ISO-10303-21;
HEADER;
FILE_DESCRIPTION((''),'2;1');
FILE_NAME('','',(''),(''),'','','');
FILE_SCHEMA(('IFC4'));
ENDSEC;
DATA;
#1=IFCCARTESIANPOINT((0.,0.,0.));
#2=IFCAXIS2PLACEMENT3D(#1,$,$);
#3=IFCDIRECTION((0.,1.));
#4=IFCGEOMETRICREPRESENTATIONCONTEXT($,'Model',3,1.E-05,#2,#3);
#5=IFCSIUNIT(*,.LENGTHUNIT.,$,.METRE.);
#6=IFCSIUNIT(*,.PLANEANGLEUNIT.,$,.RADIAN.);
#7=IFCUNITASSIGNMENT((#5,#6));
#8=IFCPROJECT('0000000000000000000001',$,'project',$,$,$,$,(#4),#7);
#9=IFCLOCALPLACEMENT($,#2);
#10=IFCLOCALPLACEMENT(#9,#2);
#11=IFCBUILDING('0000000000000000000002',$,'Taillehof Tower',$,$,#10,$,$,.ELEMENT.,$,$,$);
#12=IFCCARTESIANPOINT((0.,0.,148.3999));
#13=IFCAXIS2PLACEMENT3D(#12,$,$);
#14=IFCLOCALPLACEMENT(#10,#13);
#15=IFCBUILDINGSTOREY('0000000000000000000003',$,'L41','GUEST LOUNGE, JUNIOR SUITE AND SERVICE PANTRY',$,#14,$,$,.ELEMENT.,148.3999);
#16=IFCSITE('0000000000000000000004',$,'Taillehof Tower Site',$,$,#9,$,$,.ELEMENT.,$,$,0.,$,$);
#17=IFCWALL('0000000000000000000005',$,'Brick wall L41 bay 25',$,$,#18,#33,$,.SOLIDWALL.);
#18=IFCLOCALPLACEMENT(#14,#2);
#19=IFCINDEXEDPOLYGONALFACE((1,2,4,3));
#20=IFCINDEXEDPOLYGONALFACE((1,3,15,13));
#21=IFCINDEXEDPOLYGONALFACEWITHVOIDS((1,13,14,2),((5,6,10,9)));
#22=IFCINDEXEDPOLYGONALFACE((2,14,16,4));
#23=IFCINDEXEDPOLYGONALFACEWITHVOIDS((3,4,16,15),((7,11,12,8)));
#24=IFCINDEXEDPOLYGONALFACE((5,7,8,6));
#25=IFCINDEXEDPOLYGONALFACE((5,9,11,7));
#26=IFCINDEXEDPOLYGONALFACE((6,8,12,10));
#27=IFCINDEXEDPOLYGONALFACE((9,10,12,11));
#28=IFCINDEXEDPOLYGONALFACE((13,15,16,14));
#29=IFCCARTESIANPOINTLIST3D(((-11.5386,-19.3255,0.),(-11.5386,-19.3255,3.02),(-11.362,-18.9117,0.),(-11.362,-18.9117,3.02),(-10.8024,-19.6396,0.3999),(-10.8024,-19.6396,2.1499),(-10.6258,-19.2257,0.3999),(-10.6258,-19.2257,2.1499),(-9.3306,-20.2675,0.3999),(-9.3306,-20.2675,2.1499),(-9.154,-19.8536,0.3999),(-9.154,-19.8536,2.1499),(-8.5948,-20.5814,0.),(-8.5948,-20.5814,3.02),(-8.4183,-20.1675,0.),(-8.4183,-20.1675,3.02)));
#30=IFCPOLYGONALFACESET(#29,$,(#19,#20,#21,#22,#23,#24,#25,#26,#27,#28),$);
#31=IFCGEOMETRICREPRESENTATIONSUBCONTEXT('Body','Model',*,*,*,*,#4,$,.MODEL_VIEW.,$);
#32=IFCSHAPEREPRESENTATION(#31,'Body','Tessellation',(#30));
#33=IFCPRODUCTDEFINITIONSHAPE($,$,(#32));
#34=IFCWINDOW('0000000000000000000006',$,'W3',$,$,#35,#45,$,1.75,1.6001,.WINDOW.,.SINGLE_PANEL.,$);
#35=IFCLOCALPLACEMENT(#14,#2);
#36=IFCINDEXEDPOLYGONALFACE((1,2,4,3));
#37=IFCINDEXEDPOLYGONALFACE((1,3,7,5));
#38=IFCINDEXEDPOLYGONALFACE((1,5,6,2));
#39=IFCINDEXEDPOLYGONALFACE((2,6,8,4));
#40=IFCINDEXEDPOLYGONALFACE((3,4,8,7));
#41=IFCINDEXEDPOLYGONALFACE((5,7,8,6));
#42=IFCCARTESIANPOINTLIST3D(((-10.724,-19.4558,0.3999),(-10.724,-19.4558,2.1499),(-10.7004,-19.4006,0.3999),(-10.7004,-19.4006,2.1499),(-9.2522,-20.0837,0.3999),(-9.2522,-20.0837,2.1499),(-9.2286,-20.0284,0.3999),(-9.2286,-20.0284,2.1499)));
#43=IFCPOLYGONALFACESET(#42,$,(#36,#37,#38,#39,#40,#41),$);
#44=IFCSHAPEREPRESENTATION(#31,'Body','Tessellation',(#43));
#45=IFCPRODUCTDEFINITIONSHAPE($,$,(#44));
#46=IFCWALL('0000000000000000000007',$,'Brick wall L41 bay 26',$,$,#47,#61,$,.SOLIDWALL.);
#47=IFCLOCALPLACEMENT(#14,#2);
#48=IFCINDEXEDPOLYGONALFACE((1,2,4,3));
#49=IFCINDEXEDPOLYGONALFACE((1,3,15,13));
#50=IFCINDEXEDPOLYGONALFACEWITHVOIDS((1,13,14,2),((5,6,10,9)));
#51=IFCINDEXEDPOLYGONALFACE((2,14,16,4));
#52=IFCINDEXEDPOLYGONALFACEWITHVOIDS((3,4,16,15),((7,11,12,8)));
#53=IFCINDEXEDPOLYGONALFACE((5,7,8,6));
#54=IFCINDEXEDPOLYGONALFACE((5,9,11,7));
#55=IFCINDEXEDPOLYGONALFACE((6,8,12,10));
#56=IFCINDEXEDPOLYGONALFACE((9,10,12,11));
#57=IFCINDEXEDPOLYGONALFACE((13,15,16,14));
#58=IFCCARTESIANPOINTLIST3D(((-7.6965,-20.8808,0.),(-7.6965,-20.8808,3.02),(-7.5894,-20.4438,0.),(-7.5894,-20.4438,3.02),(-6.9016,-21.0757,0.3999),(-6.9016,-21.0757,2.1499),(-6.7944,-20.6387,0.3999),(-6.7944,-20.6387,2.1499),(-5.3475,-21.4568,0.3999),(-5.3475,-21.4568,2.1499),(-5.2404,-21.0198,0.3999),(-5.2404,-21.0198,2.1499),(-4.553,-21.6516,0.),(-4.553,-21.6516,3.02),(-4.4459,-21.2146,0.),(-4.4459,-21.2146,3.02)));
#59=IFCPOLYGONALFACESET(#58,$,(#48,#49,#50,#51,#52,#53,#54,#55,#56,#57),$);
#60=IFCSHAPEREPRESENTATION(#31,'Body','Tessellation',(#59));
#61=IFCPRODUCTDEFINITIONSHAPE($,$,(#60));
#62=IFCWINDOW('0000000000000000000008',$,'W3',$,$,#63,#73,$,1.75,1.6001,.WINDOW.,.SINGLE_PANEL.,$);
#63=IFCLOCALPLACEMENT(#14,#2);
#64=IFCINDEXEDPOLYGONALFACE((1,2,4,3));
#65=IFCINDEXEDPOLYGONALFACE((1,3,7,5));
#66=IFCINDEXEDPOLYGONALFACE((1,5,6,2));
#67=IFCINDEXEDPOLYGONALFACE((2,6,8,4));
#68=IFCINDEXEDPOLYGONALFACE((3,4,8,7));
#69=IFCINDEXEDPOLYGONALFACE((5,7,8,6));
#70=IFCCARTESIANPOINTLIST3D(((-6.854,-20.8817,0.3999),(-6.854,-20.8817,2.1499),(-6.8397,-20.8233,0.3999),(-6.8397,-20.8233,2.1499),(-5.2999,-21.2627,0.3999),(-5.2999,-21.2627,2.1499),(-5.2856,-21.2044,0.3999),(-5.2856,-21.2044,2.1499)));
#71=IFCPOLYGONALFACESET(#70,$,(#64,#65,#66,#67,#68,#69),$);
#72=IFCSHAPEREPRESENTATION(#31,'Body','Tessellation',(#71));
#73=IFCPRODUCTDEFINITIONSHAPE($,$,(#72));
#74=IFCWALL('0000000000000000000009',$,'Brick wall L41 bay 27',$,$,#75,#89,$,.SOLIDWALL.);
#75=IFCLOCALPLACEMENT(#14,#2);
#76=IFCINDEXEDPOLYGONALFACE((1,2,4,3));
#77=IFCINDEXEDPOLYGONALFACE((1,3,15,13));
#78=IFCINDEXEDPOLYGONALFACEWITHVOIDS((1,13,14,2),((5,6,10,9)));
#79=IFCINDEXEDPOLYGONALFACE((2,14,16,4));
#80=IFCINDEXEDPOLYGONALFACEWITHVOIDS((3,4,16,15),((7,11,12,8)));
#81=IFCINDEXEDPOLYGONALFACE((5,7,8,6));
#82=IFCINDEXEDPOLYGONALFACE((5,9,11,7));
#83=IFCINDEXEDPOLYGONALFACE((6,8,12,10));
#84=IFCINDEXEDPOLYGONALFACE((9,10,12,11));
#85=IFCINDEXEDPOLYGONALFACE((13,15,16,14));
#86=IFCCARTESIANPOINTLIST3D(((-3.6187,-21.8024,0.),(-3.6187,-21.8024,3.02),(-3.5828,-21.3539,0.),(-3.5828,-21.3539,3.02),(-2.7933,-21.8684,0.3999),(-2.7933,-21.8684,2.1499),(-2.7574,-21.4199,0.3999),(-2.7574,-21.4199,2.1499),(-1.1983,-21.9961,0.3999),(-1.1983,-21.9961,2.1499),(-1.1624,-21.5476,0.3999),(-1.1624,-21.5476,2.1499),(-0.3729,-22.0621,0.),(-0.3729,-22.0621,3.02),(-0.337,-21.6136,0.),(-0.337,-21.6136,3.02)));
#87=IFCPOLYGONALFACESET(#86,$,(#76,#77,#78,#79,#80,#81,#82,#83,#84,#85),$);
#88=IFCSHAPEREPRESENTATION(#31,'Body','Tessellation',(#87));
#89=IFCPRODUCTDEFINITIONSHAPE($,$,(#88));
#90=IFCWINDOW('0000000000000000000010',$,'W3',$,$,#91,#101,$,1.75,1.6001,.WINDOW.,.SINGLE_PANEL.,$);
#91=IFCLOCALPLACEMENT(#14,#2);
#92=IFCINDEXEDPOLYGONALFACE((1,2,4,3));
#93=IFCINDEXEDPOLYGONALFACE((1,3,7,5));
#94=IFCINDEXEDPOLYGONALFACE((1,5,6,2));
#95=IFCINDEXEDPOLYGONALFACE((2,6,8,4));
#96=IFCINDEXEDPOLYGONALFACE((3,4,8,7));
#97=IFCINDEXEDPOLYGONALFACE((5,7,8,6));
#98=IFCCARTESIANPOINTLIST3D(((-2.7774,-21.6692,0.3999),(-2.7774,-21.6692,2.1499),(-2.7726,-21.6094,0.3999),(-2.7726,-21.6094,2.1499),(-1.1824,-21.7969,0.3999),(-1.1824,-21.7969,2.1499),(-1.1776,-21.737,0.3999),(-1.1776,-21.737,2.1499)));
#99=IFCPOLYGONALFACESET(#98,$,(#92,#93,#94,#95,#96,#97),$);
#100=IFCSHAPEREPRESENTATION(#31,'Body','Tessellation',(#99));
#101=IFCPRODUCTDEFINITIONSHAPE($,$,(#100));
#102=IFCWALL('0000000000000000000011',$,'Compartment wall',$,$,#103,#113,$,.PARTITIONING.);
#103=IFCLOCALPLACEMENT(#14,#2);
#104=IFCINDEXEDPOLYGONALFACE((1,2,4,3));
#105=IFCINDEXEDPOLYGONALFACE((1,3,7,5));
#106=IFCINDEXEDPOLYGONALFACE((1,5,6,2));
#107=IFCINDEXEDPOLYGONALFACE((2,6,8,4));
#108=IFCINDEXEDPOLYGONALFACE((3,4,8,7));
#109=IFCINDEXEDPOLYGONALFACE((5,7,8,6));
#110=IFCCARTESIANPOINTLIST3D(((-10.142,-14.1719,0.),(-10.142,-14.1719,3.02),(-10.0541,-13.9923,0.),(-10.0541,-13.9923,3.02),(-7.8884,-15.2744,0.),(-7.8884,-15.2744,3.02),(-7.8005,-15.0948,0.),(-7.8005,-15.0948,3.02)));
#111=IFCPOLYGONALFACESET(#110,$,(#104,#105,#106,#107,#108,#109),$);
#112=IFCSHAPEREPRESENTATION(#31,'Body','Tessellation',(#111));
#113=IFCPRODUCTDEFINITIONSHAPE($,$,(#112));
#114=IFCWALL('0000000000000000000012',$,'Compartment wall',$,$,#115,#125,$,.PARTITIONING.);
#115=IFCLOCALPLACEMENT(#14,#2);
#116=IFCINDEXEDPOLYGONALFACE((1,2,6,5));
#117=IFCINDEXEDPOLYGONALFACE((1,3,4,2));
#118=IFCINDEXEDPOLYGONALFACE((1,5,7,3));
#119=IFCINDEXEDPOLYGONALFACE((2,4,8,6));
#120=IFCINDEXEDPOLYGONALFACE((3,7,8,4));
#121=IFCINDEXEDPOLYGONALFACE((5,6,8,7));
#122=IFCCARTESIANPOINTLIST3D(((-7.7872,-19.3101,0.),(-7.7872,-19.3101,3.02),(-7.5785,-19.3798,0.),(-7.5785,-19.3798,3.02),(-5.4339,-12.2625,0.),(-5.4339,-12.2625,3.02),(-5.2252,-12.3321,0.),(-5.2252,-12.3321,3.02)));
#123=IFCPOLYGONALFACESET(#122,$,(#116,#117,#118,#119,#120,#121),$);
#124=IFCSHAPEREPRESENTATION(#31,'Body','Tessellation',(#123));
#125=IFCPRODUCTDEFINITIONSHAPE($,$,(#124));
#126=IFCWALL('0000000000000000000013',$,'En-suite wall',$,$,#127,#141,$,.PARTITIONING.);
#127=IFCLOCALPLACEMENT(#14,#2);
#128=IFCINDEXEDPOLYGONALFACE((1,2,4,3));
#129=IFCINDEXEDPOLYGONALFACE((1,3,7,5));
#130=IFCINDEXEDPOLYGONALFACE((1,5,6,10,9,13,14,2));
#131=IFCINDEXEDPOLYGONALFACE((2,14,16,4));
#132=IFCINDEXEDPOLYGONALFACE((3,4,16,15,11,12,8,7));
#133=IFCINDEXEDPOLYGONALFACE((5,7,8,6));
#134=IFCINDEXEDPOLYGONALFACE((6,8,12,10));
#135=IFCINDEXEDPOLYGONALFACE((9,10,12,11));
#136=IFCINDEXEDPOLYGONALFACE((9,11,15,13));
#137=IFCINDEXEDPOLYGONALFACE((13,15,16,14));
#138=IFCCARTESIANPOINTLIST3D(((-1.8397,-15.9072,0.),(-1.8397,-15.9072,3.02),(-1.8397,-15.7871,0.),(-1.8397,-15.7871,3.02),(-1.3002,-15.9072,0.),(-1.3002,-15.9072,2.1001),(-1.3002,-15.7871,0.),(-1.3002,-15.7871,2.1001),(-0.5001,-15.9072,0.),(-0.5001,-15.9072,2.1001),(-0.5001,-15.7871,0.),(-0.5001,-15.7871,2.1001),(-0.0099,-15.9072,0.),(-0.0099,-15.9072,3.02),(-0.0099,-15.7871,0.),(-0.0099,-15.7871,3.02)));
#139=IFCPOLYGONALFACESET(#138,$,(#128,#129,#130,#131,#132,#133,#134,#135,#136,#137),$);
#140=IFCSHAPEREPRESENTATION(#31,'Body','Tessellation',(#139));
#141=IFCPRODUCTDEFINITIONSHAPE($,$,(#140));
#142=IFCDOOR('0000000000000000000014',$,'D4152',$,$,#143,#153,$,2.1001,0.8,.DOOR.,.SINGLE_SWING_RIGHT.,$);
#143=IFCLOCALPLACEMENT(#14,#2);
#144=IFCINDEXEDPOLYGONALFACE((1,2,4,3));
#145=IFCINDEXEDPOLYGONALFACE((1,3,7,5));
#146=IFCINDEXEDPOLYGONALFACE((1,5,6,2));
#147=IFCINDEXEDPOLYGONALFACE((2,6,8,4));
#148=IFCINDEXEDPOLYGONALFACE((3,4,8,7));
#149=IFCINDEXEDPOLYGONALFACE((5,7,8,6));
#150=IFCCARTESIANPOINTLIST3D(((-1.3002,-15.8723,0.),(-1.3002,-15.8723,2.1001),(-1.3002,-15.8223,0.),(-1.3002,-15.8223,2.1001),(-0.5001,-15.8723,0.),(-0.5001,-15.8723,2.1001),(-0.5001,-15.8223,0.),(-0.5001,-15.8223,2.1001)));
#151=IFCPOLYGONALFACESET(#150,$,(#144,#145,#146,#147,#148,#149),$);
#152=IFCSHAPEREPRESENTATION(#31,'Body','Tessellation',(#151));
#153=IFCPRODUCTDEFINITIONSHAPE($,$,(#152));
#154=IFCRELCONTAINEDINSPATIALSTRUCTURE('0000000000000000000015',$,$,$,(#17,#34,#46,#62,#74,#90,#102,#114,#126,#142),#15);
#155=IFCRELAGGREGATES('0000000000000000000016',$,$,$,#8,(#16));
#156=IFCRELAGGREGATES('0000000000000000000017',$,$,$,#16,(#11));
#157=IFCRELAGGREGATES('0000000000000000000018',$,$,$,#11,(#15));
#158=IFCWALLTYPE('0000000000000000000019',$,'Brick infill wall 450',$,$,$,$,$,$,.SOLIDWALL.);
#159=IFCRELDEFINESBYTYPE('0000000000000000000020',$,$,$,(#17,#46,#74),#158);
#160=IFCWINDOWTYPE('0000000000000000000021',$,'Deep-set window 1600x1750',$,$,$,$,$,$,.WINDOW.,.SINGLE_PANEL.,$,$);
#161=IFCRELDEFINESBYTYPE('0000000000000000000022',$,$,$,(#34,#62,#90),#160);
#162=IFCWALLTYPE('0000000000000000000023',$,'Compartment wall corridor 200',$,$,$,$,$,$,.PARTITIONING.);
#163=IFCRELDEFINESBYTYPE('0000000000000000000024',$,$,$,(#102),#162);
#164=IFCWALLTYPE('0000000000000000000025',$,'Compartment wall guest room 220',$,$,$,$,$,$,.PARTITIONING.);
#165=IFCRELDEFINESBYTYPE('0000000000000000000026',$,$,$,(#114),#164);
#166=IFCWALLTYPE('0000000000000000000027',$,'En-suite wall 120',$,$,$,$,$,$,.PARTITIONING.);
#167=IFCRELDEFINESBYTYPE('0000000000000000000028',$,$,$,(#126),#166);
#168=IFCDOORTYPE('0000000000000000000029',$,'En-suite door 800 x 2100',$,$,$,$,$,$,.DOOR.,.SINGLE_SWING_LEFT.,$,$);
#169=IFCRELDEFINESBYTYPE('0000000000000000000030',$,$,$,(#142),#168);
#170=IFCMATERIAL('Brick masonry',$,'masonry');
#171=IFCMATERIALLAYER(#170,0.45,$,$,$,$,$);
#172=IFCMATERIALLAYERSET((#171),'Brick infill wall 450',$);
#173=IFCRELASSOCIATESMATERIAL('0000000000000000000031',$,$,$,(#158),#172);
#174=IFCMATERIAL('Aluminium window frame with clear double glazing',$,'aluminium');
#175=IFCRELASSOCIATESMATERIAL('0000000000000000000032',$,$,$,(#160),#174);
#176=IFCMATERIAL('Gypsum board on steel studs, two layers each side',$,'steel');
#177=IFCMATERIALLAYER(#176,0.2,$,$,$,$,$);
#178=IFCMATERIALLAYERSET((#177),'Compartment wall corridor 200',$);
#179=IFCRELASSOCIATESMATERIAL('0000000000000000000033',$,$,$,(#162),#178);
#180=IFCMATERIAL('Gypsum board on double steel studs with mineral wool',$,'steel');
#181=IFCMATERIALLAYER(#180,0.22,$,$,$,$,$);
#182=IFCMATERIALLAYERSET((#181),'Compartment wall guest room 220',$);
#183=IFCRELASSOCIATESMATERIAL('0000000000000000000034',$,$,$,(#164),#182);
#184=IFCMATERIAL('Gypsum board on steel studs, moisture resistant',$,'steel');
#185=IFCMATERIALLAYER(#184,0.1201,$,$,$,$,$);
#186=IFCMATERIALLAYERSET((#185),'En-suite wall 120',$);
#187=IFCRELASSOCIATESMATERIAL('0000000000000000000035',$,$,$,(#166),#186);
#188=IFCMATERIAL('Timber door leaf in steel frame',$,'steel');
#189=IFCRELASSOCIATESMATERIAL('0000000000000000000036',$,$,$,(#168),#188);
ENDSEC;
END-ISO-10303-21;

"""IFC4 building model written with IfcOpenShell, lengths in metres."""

from ifc_helpers import new_model, si_unit, direction, frame, frame_2d, origin, place, context, subcontext, project, spatial, rectangle, extrude, material, layer, layer_set, type_object, element, fill, save


model = new_model("IFC4")

# Units and contexts
model_context = context("Model", 3, precision=1e-05, world=origin(), true_north=direction((0.0, 1.0)))
body_context = subcontext(model_context, "Body", "Model", "MODEL_VIEW")
ifc_project = project(units=[si_unit("LENGTHUNIT", "METRE"), si_unit("PLANEANGLEUNIT", "RADIAN")], contexts=[model_context])

# Site, building, storey
site_placement = place(None, origin())
site = spatial("IfcSite", under=ifc_project, at=site_placement, Name="Taillehof Tower Site", CompositionType="ELEMENT", RefElevation=0.0)
building_placement = place(site_placement, origin())
building = spatial("IfcBuilding", under=site, at=building_placement, Name="Taillehof Tower", CompositionType="ELEMENT")
storey_placement = place(building_placement, frame((0.0, 0.0, 148.3999)))
storey = spatial("IfcBuildingStorey", under=building, at=storey_placement, Name="L41", Description="GUEST LOUNGE, JUNIOR SUITE AND SERVICE PANTRY", CompositionType="ELEMENT", Elevation=148.3999)

# Walls, openings, windows
ifc_material_1 = material(Name="Brick masonry", Category="masonry")
ifc_layer_1 = layer(ifc_material_1, 0.45)
ifc_layer_set_1 = layer_set([ifc_layer_1], Name="Brick infill wall 450")
wall_type_1 = type_object("IfcWallType", Name="Brick infill wall 450", PredefinedType="SOLIDWALL", material=ifc_layer_set_1)
wall_1_placement = place(storey_placement, frame((-11.4502, -19.1187, 0.0), z_axis=(0.0, 0.0, 1.0), x_axis=(0.919799, -0.39239, 0.0)))
wall_1 = element("IfcWall", 1, at=wall_1_placement, inside=storey, type_object=wall_type_1, Name="Brick wall L41 bay 25", PredefinedType="SOLIDWALL", context=body_context, shape_type="SweptSolid", body=[
    extrude(rectangle(XDim=3.2004, YDim=0.45, at=frame_2d((1.6001, 0.0))), origin(), (0.0, 0.0, 1.0), 3.02),
])
opening_1_placement = place(wall_1_placement, frame((0.8003, 0.0, 0.3999)))
opening_1 = element("IfcOpeningElement", 2, at=opening_1_placement, cuts=wall_1, PredefinedType="OPENING", context=body_context, shape_type="SweptSolid", body=[
    extrude(rectangle(XDim=1.6001, YDim=1.75, at=frame_2d((0.8, 0.875))), frame((0.0, 0.2349, 0.0), z_axis=(0.0, -1.0, 0.0), x_axis=(1.0, 0.0, 0.0)), (0.0, 0.0, 1.0), 0.47),
])
ifc_material_2 = material(Name="Aluminium window frame with clear double glazing", Category="aluminium")
window_type = type_object("IfcWindowType", Name="Deep-set window 1600x1750", PartitioningType="SINGLE_PANEL", PredefinedType="WINDOW", material=ifc_material_2)
window_1_placement = place(opening_1_placement, origin())
window_1 = element("IfcWindow", 3, at=window_1_placement, inside=storey, type_object=window_type, Name="W3", OverallHeight=1.75, OverallWidth=1.6001, PartitioningType="SINGLE_PANEL", PredefinedType="WINDOW", context=body_context, shape_type="SweptSolid", body=[
    extrude(rectangle(XDim=1.6001, YDim=1.75, at=frame_2d((0.8, 0.875))), frame((0.0, 0.0349, 0.0), z_axis=(0.0, -1.0, 0.0), x_axis=(1.0, 0.0, 0.0)), (0.0, 0.0, 1.0), 0.0601),
])
fill(opening_1, window_1)
wall_2_placement = place(storey_placement, frame((-7.6428, -20.6624, 0.0), z_axis=(0.0, 0.0, 1.0), x_axis=(0.971233, -0.238132, 0.0)))
wall_2 = element("IfcWall", 4, at=wall_2_placement, inside=storey, type_object=wall_type_1, Name="Brick wall L41 bay 26", PredefinedType="SOLIDWALL", context=body_context, shape_type="SweptSolid", body=[
    extrude(rectangle(XDim=3.2366, YDim=0.45, at=frame_2d((1.6182, 0.0))), origin(), (0.0, 0.0, 1.0), 3.02),
])
opening_2_placement = place(wall_2_placement, frame((0.8184, 0.0, 0.3999)))
opening_2 = element("IfcOpeningElement", 5, at=opening_2_placement, cuts=wall_2, PredefinedType="OPENING", context=body_context, shape_type="SweptSolid", body=[
    extrude(rectangle(XDim=1.6001, YDim=1.75, at=frame_2d((0.8, 0.875))), frame((0.0, 0.2349, 0.0), z_axis=(0.0, -1.0, 0.0), x_axis=(1.0, 0.0, 0.0)), (0.0, 0.0, 1.0), 0.47),
])
window_2_placement = place(opening_2_placement, origin())
window_2 = element("IfcWindow", 6, at=window_2_placement, inside=storey, type_object=window_type, Name="W3", OverallHeight=1.75, OverallWidth=1.6001, PartitioningType="SINGLE_PANEL", PredefinedType="WINDOW", context=body_context, shape_type="SweptSolid", body=[
    extrude(rectangle(XDim=1.6001, YDim=1.75, at=frame_2d((0.8, 0.875))), frame((0.0, 0.0349, 0.0), z_axis=(0.0, -1.0, 0.0), x_axis=(1.0, 0.0, 0.0)), (0.0, 0.0, 1.0), 0.0601),
])
fill(opening_2, window_2)
wall_3_placement = place(storey_placement, frame((-3.6006, -21.5781, 0.0), z_axis=(0.0, 0.0, 1.0), x_axis=(0.996812, -0.079781, 0.0)))
wall_3 = element("IfcWall", 7, at=wall_3_placement, inside=storey, type_object=wall_type_1, Name="Brick wall L41 bay 27", PredefinedType="SOLIDWALL", context=body_context, shape_type="SweptSolid", body=[
    extrude(rectangle(XDim=3.2561, YDim=0.45, at=frame_2d((1.6279, 0.0))), origin(), (0.0, 0.0, 1.0), 3.02),
])
opening_3_placement = place(wall_3_placement, frame((0.8279, 0.0, 0.3999)))
opening_3 = element("IfcOpeningElement", 8, at=opening_3_placement, cuts=wall_3, PredefinedType="OPENING", context=body_context, shape_type="SweptSolid", body=[
    extrude(rectangle(XDim=1.6001, YDim=1.75, at=frame_2d((0.8, 0.875))), frame((0.0, 0.2349, 0.0), z_axis=(0.0, -1.0, 0.0), x_axis=(1.0, 0.0, 0.0)), (0.0, 0.0, 1.0), 0.47),
])
window_3_placement = place(opening_3_placement, origin())
window_3 = element("IfcWindow", 9, at=window_3_placement, inside=storey, type_object=window_type, Name="W3", OverallHeight=1.75, OverallWidth=1.6001, PartitioningType="SINGLE_PANEL", PredefinedType="WINDOW", context=body_context, shape_type="SweptSolid", body=[
    extrude(rectangle(XDim=1.6001, YDim=1.75, at=frame_2d((0.8, 0.875))), frame((0.0, 0.0349, 0.0), z_axis=(0.0, -1.0, 0.0), x_axis=(1.0, 0.0, 0.0)), (0.0, 0.0, 1.0), 0.0601),
])
fill(opening_3, window_3)

# Walls
ifc_material_3 = material(Name="Gypsum board on steel studs, two layers each side", Category="steel")
ifc_layer_2 = layer(ifc_material_3, 0.2)
ifc_layer_set_2 = layer_set([ifc_layer_2], Name="Compartment wall corridor 200")
wall_type_2 = type_object("IfcWallType", Name="Compartment wall corridor 200", PredefinedType="PARTITIONING", material=ifc_layer_set_2)
wall_4_placement = place(storey_placement, frame((-7.8445, -15.1846, 0.0), z_axis=(0.0, 0.0, 1.0), x_axis=(-0.898267, 0.439451, 0.0)))
element("IfcWall", 10, at=wall_4_placement, inside=storey, type_object=wall_type_2, Name="Compartment wall", PredefinedType="PARTITIONING", context=body_context, shape_type="SweptSolid", body=[
    extrude(rectangle(XDim=2.5088, YDim=0.2, at=frame_2d((1.2544, 0.0))), origin(), (0.0, 0.0, 1.0), 3.02),
])
ifc_material_4 = material(Name="Gypsum board on double steel studs with mineral wool", Category="steel")
ifc_layer_3 = layer(ifc_material_4, 0.22)
ifc_layer_set_3 = layer_set([ifc_layer_3], Name="Compartment wall guest room 220")
wall_type_3 = type_object("IfcWallType", Name="Compartment wall guest room 220", PredefinedType="PARTITIONING", material=ifc_layer_set_3)
wall_5_placement = place(storey_placement, frame((-7.6829, -19.345, 0.0), z_axis=(0.0, 0.0, 1.0), x_axis=(0.316721, 0.948519, 0.0)))
element("IfcWall", 11, at=wall_5_placement, inside=storey, type_object=wall_type_3, Name="Compartment wall", PredefinedType="PARTITIONING", context=body_context, shape_type="SweptSolid", body=[
    extrude(rectangle(XDim=7.4302, YDim=0.22, at=frame_2d((3.7151, 0.0))), origin(), (0.0, 0.0, 1.0), 3.02),
])

# Wall, opening, door
ifc_material_5 = material(Name="Gypsum board on steel studs, moisture resistant", Category="steel")
ifc_layer_4 = layer(ifc_material_5, 0.1201)
ifc_layer_set_4 = layer_set([ifc_layer_4], Name="En-suite wall 120")
wall_type_4 = type_object("IfcWallType", Name="En-suite wall 120", PredefinedType="PARTITIONING", material=ifc_layer_set_4)
wall_6_placement = place(storey_placement, frame((-1.8398, -15.8472, 0.0), z_axis=(0.0, 0.0, 1.0), x_axis=(1.0, 0.0, 0.0)))
wall_6 = element("IfcWall", 12, at=wall_6_placement, inside=storey, type_object=wall_type_4, Name="En-suite wall", PredefinedType="PARTITIONING", context=body_context, shape_type="SweptSolid", body=[
    extrude(rectangle(XDim=1.8298, YDim=0.1201, at=frame_2d((0.915, 0.0))), origin(), (0.0, 0.0, 1.0), 3.02),
])
opening_4_placement = place(wall_6_placement, frame((0.5398, 0.0, 0.0)))
opening_4 = element("IfcOpeningElement", 13, at=opening_4_placement, cuts=wall_6, PredefinedType="OPENING", context=body_context, shape_type="SweptSolid", body=[
    extrude(rectangle(XDim=0.8, YDim=2.1001, at=frame_2d((0.3999, 1.05))), frame((0.0, 0.0701, 0.0), z_axis=(0.0, -1.0, 0.0), x_axis=(1.0, 0.0, 0.0)), (0.0, 0.0, 1.0), 0.1401),
])
ifc_material_6 = material(Name="Timber door leaf in steel frame", Category="steel")
door_type_1 = type_object("IfcDoorType", Name="En-suite door 800 x 2100", OperationType="SINGLE_SWING_LEFT", PredefinedType="DOOR", material=ifc_material_6)
door_1_placement = place(opening_4_placement, origin())
door_1 = element("IfcDoor", 14, at=door_1_placement, inside=storey, type_object=door_type_1, Name="D4152", OperationType="SINGLE_SWING_RIGHT", OverallHeight=2.1001, OverallWidth=0.8, PredefinedType="DOOR", context=body_context, shape_type="SweptSolid", body=[
    extrude(rectangle(XDim=0.8, YDim=2.1001, at=frame_2d((0.3999, 1.05))), frame((0.0, 0.0249, 0.0), z_axis=(0.0, -1.0, 0.0), x_axis=(1.0, 0.0, 0.0)), (0.0, 0.0, 1.0), 0.05),
])
fill(opening_4, door_1)

save(model, "model.ifc")
